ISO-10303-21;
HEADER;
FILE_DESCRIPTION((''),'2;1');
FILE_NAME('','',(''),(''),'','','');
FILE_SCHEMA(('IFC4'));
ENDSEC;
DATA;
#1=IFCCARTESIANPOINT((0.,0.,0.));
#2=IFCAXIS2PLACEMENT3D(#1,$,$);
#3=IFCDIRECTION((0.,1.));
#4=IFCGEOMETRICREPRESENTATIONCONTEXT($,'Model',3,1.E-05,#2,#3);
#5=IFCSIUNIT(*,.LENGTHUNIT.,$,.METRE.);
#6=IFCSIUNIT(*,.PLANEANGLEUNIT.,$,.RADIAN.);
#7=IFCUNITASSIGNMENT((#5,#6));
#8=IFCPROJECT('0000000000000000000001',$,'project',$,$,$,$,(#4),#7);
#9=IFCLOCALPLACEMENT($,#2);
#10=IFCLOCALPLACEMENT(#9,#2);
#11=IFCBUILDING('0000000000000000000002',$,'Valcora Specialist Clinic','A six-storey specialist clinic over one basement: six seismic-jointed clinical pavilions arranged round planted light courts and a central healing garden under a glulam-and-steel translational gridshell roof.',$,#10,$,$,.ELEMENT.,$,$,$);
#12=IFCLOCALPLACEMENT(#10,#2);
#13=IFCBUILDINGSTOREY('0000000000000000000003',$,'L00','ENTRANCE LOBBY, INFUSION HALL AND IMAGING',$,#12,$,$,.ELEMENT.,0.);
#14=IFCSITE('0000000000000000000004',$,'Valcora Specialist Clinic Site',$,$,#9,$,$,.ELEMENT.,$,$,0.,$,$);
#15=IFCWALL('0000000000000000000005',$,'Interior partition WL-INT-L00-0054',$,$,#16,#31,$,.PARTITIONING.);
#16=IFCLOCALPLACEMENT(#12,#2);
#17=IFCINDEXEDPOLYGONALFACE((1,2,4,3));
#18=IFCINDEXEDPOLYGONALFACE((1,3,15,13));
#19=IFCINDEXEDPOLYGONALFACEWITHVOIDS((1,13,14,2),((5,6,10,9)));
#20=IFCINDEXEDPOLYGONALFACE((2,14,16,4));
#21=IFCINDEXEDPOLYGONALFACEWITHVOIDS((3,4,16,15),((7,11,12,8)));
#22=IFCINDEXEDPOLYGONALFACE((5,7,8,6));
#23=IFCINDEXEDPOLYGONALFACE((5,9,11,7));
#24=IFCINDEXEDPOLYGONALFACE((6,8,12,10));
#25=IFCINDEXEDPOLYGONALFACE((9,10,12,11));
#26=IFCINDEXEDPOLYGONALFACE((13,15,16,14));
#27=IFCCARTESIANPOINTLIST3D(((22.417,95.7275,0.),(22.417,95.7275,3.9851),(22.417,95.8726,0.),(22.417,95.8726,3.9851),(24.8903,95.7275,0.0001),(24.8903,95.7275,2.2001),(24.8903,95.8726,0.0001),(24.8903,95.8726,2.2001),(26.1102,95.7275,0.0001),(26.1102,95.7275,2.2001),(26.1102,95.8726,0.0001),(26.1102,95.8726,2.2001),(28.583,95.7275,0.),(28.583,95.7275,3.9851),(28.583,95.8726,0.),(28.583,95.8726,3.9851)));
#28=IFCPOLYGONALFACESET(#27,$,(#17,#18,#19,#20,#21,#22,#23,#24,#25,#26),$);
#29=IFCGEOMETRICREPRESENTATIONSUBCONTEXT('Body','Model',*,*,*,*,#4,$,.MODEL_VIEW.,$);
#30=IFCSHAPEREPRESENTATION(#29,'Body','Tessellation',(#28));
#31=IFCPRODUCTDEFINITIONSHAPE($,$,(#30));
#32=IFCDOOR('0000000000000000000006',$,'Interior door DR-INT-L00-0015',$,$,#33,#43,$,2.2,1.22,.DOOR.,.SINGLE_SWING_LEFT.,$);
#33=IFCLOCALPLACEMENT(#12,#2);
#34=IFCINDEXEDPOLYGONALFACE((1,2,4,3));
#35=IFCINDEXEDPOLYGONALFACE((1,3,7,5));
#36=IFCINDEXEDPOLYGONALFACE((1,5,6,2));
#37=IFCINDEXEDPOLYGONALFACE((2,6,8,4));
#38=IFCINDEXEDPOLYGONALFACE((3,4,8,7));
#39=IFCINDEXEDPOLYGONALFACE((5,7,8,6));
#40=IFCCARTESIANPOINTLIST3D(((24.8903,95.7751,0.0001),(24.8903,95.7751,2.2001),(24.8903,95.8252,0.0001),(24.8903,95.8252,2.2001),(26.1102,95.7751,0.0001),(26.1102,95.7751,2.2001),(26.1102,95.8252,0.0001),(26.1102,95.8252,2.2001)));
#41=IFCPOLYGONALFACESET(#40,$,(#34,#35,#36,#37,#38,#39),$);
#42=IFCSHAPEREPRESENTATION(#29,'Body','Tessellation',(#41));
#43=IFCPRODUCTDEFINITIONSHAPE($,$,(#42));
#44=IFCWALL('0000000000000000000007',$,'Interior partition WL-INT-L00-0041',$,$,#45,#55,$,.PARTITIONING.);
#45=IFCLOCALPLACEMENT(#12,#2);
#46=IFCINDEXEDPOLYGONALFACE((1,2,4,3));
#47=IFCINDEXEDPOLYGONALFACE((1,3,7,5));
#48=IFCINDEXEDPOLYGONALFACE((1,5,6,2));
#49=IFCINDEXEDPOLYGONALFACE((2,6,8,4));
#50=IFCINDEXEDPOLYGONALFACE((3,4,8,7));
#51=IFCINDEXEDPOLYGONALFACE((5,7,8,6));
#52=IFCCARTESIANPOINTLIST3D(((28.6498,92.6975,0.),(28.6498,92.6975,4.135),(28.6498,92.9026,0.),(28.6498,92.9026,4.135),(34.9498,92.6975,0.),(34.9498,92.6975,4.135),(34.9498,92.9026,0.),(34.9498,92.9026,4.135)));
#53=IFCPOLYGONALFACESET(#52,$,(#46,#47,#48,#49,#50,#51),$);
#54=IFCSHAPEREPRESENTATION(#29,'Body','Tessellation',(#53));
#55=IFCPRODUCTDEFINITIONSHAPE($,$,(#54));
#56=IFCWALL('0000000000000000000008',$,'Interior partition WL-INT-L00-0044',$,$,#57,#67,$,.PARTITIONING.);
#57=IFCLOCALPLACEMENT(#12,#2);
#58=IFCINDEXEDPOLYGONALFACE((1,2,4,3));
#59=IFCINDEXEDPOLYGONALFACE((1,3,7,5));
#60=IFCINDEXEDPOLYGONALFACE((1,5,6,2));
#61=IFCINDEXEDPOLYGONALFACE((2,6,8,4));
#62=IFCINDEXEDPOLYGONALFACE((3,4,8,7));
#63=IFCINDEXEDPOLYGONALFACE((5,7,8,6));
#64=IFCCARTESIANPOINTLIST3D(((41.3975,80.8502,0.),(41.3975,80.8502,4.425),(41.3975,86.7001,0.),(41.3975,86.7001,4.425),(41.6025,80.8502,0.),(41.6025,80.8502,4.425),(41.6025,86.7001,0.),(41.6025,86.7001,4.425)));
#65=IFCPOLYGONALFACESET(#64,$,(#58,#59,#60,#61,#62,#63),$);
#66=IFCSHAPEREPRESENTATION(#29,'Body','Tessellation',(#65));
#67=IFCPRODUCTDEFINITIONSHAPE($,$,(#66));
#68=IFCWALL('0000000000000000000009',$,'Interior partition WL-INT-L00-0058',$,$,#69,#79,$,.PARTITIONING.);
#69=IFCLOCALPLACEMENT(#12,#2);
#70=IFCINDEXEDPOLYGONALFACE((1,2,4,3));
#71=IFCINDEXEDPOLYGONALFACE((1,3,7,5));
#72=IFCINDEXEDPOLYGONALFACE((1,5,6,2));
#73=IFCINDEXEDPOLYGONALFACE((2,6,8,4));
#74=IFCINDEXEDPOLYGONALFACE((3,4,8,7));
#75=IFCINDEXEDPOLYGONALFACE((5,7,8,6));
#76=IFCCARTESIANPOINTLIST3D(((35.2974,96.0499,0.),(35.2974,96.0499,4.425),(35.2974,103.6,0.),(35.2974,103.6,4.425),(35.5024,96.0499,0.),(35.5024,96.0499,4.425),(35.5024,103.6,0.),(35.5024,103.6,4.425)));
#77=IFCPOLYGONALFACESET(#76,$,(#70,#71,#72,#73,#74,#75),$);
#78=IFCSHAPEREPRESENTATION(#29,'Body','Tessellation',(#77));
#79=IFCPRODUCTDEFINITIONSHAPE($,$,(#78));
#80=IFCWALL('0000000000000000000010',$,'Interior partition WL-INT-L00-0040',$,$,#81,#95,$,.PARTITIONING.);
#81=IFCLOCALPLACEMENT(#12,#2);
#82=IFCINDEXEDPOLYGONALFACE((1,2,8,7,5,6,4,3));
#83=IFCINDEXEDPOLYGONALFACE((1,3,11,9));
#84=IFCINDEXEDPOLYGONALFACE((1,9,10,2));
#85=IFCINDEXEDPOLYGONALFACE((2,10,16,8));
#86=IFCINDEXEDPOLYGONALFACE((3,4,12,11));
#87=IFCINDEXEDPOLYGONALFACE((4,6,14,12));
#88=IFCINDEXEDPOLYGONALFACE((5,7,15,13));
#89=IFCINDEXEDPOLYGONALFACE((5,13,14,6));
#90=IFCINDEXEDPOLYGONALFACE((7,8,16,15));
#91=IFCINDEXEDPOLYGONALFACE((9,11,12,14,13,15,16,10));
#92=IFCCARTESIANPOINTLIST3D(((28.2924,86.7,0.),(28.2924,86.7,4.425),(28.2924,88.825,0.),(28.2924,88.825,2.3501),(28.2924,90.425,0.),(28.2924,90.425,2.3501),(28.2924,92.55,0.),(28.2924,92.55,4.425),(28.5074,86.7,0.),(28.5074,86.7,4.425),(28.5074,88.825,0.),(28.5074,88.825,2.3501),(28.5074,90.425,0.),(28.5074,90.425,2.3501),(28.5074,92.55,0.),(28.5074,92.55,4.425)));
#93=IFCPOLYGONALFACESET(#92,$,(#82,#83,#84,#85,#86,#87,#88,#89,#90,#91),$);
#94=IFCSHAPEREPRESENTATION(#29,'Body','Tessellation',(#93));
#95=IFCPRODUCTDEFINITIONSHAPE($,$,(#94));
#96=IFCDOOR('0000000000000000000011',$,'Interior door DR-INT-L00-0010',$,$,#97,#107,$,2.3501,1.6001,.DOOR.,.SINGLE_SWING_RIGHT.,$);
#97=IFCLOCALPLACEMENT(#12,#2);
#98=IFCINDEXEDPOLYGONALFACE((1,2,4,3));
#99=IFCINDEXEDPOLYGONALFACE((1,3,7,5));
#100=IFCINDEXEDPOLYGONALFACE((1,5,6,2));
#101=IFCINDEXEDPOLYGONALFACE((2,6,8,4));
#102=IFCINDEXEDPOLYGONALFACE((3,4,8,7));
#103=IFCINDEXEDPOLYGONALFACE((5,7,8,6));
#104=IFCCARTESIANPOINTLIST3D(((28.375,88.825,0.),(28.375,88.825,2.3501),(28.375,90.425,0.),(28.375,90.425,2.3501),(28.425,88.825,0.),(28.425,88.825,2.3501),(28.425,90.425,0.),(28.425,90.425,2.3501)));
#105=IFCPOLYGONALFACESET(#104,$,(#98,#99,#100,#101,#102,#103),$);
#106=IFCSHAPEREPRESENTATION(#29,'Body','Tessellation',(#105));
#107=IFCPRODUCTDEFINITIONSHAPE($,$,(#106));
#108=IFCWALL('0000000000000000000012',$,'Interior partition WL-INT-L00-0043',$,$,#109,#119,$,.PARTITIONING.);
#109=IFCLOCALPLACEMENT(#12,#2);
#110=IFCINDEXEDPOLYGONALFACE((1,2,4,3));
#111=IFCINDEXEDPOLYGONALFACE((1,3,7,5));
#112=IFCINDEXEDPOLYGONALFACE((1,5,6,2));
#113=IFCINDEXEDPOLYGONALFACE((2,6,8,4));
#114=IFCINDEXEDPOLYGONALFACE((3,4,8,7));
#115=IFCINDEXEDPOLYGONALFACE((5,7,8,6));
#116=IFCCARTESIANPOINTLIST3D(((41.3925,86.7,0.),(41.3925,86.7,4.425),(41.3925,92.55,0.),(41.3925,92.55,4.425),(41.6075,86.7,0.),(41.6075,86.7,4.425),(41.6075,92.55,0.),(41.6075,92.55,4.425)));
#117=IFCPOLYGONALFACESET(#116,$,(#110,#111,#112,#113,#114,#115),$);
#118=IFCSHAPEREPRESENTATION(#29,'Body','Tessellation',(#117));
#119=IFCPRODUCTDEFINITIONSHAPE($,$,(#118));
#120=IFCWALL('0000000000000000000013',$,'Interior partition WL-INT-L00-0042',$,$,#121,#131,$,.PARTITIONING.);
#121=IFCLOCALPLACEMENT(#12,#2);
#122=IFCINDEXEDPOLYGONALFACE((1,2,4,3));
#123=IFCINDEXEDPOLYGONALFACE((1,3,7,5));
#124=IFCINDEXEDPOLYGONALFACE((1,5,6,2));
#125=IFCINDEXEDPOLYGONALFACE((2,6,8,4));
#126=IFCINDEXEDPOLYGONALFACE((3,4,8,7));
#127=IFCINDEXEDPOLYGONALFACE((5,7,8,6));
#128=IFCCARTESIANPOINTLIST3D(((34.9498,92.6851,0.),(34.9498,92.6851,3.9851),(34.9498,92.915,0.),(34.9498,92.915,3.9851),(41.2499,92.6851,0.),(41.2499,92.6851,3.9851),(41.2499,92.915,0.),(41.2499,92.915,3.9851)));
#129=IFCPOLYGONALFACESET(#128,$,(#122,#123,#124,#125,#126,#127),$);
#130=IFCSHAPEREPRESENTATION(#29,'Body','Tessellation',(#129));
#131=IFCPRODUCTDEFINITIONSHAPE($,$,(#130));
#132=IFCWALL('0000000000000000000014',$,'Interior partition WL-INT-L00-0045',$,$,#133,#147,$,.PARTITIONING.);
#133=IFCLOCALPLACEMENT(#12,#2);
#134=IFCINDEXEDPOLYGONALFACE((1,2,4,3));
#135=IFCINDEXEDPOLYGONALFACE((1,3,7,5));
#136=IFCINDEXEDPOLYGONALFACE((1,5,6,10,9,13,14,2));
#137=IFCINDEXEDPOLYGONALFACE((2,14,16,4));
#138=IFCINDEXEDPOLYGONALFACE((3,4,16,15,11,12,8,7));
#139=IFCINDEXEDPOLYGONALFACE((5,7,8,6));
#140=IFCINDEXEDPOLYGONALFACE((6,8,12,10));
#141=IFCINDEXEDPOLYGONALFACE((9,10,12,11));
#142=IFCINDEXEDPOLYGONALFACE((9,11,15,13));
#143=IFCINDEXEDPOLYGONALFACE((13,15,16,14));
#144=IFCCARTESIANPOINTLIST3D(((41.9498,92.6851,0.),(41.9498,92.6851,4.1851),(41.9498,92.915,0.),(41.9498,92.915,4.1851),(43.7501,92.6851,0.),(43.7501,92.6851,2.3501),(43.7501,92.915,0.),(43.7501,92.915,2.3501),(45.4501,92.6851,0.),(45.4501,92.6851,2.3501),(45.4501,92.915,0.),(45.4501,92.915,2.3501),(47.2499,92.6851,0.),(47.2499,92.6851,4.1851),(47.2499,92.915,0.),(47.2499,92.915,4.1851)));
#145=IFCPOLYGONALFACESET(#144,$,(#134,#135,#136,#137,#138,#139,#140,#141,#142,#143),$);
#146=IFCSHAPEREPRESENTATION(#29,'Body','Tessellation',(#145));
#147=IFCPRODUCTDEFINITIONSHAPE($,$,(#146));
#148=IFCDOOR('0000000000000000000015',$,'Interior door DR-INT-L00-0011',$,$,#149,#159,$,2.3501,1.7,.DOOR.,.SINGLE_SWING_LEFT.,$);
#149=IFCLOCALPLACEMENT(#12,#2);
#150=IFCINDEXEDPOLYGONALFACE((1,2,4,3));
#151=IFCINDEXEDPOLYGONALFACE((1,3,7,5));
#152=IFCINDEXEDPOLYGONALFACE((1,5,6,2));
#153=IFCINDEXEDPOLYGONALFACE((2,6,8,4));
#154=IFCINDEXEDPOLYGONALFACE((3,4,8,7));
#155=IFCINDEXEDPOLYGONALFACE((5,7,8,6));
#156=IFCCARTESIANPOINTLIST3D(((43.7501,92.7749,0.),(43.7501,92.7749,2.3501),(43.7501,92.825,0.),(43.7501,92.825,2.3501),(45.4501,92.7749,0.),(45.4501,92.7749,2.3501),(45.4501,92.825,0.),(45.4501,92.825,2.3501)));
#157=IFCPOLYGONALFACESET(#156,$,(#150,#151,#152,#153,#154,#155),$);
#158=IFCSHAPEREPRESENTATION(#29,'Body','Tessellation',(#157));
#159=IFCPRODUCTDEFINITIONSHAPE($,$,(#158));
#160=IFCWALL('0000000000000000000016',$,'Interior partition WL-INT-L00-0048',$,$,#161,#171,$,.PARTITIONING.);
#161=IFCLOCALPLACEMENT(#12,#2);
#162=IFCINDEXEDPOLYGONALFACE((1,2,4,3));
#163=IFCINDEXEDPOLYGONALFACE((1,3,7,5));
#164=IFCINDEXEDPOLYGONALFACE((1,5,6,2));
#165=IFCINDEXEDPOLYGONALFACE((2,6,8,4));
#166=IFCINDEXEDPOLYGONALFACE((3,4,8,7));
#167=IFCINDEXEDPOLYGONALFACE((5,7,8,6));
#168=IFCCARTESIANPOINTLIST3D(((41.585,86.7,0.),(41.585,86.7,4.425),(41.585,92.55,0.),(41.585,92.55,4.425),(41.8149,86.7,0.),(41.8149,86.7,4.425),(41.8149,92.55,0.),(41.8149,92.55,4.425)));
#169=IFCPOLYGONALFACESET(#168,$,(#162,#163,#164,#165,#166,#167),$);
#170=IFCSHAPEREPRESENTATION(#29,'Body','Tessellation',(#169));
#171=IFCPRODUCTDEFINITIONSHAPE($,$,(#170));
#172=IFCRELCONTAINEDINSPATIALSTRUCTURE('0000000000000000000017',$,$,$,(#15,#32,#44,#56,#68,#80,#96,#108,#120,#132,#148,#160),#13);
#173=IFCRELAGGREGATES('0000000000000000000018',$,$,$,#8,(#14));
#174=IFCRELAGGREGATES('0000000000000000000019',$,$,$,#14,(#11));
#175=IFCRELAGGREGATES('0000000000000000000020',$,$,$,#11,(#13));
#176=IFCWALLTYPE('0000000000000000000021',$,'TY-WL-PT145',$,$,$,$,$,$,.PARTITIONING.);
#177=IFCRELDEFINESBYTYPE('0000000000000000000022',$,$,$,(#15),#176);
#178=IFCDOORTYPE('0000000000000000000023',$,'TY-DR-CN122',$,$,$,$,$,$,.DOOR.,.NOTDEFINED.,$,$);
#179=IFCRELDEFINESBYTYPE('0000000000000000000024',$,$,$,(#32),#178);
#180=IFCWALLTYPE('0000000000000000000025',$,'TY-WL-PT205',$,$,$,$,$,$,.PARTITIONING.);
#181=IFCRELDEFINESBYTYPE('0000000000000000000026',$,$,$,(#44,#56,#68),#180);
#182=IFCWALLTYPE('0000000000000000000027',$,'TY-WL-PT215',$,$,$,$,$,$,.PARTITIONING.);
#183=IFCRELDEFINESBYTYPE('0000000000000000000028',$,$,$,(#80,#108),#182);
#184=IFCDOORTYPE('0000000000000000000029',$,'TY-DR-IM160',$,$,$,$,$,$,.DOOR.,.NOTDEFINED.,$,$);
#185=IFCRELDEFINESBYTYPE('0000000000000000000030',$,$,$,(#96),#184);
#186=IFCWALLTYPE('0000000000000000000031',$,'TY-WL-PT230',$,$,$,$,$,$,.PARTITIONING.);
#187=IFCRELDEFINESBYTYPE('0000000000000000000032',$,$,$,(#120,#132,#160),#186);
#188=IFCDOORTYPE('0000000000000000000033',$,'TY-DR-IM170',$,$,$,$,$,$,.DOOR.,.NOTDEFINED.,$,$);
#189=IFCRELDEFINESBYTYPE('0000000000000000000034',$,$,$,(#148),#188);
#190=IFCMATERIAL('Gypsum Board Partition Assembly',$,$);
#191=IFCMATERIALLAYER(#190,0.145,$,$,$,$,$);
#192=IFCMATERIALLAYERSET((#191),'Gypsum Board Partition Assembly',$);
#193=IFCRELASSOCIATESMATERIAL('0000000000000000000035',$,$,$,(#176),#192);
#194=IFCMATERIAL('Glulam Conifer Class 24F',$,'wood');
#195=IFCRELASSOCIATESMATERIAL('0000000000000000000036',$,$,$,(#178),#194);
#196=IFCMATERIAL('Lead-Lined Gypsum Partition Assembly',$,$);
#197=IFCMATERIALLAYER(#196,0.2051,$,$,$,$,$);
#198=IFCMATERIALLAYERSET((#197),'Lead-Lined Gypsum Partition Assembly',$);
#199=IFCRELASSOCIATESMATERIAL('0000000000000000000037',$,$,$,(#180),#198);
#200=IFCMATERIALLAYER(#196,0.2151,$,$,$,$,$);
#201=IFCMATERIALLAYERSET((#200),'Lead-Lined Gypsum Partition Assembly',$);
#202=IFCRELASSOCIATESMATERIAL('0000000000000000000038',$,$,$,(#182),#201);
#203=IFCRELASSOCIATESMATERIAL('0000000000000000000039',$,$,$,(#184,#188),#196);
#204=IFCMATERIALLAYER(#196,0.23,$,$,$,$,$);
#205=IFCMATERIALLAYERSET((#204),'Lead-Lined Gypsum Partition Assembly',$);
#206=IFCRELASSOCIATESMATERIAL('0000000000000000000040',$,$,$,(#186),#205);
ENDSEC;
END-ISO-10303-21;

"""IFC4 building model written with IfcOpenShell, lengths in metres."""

from ifc_helpers import new_model, si_unit, direction, frame, frame_2d, origin, place, context, subcontext, project, spatial, rectangle, extrude, material, layer, layer_set, type_object, element, fill, save


model = new_model("IFC4")

# Units and contexts
model_context = context("Model", 3, precision=1e-05, world=origin(), true_north=direction((0.0, 1.0)))
body_context = subcontext(model_context, "Body", "Model", "MODEL_VIEW")
ifc_project = project(units=[si_unit("LENGTHUNIT", "METRE"), si_unit("PLANEANGLEUNIT", "RADIAN")], contexts=[model_context])

# Site, building, storey
site_placement = place(None, origin())
site = spatial("IfcSite", under=ifc_project, at=site_placement, Name="Valcora Specialist Clinic Site", CompositionType="ELEMENT", RefElevation=0.0)
building_placement = place(site_placement, origin())
building = spatial("IfcBuilding", under=site, at=building_placement, Name="Valcora Specialist Clinic", Description="A six-storey specialist clinic over one basement: six seismic-jointed clinical pavilions arranged round planted light courts and a central healing garden under a glulam-and-steel translational gridshell roof.", CompositionType="ELEMENT")
storey_placement = place(building_placement, origin())
storey = spatial("IfcBuildingStorey", under=building, at=storey_placement, Name="L00", Description="ENTRANCE LOBBY, INFUSION HALL AND IMAGING", CompositionType="ELEMENT", Elevation=0.0)

# Wall, opening, door
ifc_material_1 = material(Name="Gypsum Board Partition Assembly")
ifc_material_2 = material(Name="Glulam Conifer Class 24F", Category="wood")
ifc_layer_1 = layer(ifc_material_1, 0.145)
ifc_layer_set_1 = layer_set([ifc_layer_1], Name="Gypsum Board Partition Assembly")
wall_type_1 = type_object("IfcWallType", Name="TY-WL-PT145", PredefinedType="PARTITIONING", material=ifc_layer_set_1)
wall_1_placement = place(storey_placement, frame((28.583, 95.8, 0.0), z_axis=(0.0, 0.0, 1.0), x_axis=(-1.0, 0.0, 0.0)))
wall_1 = element("IfcWall", 1, at=wall_1_placement, inside=storey, type_object=wall_type_1, Name="Interior partition WL-INT-L00-0054", PredefinedType="PARTITIONING", context=body_context, shape_type="SweptSolid", body=[
    extrude(rectangle(XDim=6.166, YDim=0.145, at=frame_2d((3.083, 0.0))), origin(), (0.0, 0.0, 1.0), 3.9851),
])
opening_1_placement = place(wall_1_placement, frame((2.4729, 0.0, 0.0)))
opening_1 = element("IfcOpeningElement", 2, at=opening_1_placement, cuts=wall_1, PredefinedType="OPENING", context=body_context, shape_type="SweptSolid", body=[
    extrude(rectangle(XDim=1.22, YDim=2.2, at=frame_2d((0.6099, 1.1001))), frame((0.0, 0.0825, 0.0), z_axis=(0.0, -1.0, 0.0), x_axis=(1.0, 0.0, 0.0)), (0.0, 0.0, 1.0), 0.165),
])
door_type_1 = type_object("IfcDoorType", Name="TY-DR-CN122", OperationType="NOTDEFINED", PredefinedType="DOOR", material=ifc_material_2)
door_1_placement = place(opening_1_placement, origin())
door_1 = element("IfcDoor", 3, at=door_1_placement, inside=storey, type_object=door_type_1, Name="Interior door DR-INT-L00-0015", OperationType="SINGLE_SWING_LEFT", OverallHeight=2.2, OverallWidth=1.22, PredefinedType="DOOR", context=body_context, shape_type="SweptSolid", body=[
    extrude(rectangle(XDim=1.22, YDim=2.2, at=frame_2d((0.6099, 1.1001))), frame((0.0, 0.0249, 0.0), z_axis=(0.0, -1.0, 0.0), x_axis=(1.0, 0.0, 0.0)), (0.0, 0.0, 1.0), 0.05),
])
fill(opening_1, door_1)

# Walls
ifc_material_3 = material(Name="Lead-Lined Gypsum Partition Assembly")
ifc_layer_2 = layer(ifc_material_3, 0.2051)
ifc_layer_set_2 = layer_set([ifc_layer_2], Name="Lead-Lined Gypsum Partition Assembly")
wall_type_2 = type_object("IfcWallType", Name="TY-WL-PT205", PredefinedType="PARTITIONING", material=ifc_layer_set_2)
wall_2_placement = place(storey_placement, frame((28.6499, 92.8, 0.0), z_axis=(0.0, 0.0, 1.0), x_axis=(1.0, 0.0, 0.0)))
element("IfcWall", 4, at=wall_2_placement, inside=storey, type_object=wall_type_2, Name="Interior partition WL-INT-L00-0041", PredefinedType="PARTITIONING", context=body_context, shape_type="SweptSolid", body=[
    extrude(rectangle(XDim=6.3, YDim=0.2051, at=frame_2d((3.1499, 0.0))), origin(), (0.0, 0.0, 1.0), 4.135),
])
wall_3_placement = place(storey_placement, frame((41.5, 86.7, 0.0), z_axis=(0.0, 0.0, 1.0), x_axis=(0.0, -1.0, 0.0)))
element("IfcWall", 5, at=wall_3_placement, inside=storey, type_object=wall_type_2, Name="Interior partition WL-INT-L00-0044", PredefinedType="PARTITIONING", context=body_context, shape_type="SweptSolid", body=[
    extrude(rectangle(XDim=5.8499, YDim=0.2051, at=frame_2d((2.9248, 0.0))), origin(), (0.0, 0.0, 1.0), 4.425),
])
wall_4_placement = place(storey_placement, frame((35.3999, 96.05, 0.0), z_axis=(0.0, 0.0, 1.0), x_axis=(0.0, 1.0, 0.0)))
element("IfcWall", 6, at=wall_4_placement, inside=storey, type_object=wall_type_2, Name="Interior partition WL-INT-L00-0058", PredefinedType="PARTITIONING", context=body_context, shape_type="SweptSolid", body=[
    extrude(rectangle(XDim=7.55, YDim=0.2051, at=frame_2d((3.7749, 0.0))), origin(), (0.0, 0.0, 1.0), 4.425),
])

# Wall, opening, door
ifc_layer_3 = layer(ifc_material_3, 0.2151)
ifc_layer_set_3 = layer_set([ifc_layer_3], Name="Lead-Lined Gypsum Partition Assembly")
wall_type_3 = type_object("IfcWallType", Name="TY-WL-PT215", PredefinedType="PARTITIONING", material=ifc_layer_set_3)
wall_5_placement = place(storey_placement, frame((28.3999, 86.7, 0.0), z_axis=(0.0, 0.0, 1.0), x_axis=(0.0, 1.0, 0.0)))
wall_5 = element("IfcWall", 7, at=wall_5_placement, inside=storey, type_object=wall_type_3, Name="Interior partition WL-INT-L00-0040", PredefinedType="PARTITIONING", context=body_context, shape_type="SweptSolid", body=[
    extrude(rectangle(XDim=5.8501, YDim=0.2151, at=frame_2d((2.925, 0.0))), origin(), (0.0, 0.0, 1.0), 4.425),
])
opening_2_placement = place(wall_5_placement, frame((2.125, 0.0, 0.0)))
opening_2 = element("IfcOpeningElement", 8, at=opening_2_placement, cuts=wall_5, PredefinedType="OPENING", context=body_context, shape_type="SweptSolid", body=[
    extrude(rectangle(XDim=1.6001, YDim=2.3501, at=frame_2d((0.8, 1.175))), frame((0.0, 0.1174, 0.0), z_axis=(0.0, -1.0, 0.0), x_axis=(1.0, 0.0, 0.0)), (0.0, 0.0, 1.0), 0.2351),
])
door_type_2 = type_object("IfcDoorType", Name="TY-DR-IM160", OperationType="NOTDEFINED", PredefinedType="DOOR", material=ifc_material_3)
door_2_placement = place(opening_2_placement, origin())
door_2 = element("IfcDoor", 9, at=door_2_placement, inside=storey, type_object=door_type_2, Name="Interior door DR-INT-L00-0010", OperationType="SINGLE_SWING_RIGHT", OverallHeight=2.3501, OverallWidth=1.6001, PredefinedType="DOOR", context=body_context, shape_type="SweptSolid", body=[
    extrude(rectangle(XDim=1.6001, YDim=2.3501, at=frame_2d((0.8, 1.175))), frame((0.0, 0.0249, 0.0), z_axis=(0.0, -1.0, 0.0), x_axis=(1.0, 0.0, 0.0)), (0.0, 0.0, 1.0), 0.05),
])
fill(opening_2, door_2)

# Walls
wall_6_placement = place(storey_placement, frame((41.5, 92.55, 0.0), z_axis=(0.0, 0.0, 1.0), x_axis=(0.0, -1.0, 0.0)))
element("IfcWall", 10, at=wall_6_placement, inside=storey, type_object=wall_type_3, Name="Interior partition WL-INT-L00-0043", PredefinedType="PARTITIONING", context=body_context, shape_type="SweptSolid", body=[
    extrude(rectangle(XDim=5.8501, YDim=0.2151, at=frame_2d((2.925, 0.0))), origin(), (0.0, 0.0, 1.0), 4.425),
])
ifc_layer_4 = layer(ifc_material_3, 0.23)
ifc_layer_set_4 = layer_set([ifc_layer_4], Name="Lead-Lined Gypsum Partition Assembly")
wall_type_4 = type_object("IfcWallType", Name="TY-WL-PT230", PredefinedType="PARTITIONING", material=ifc_layer_set_4)
wall_7_placement = place(storey_placement, frame((34.95, 92.8, 0.0), z_axis=(0.0, 0.0, 1.0), x_axis=(1.0, 0.0, 0.0)))
element("IfcWall", 11, at=wall_7_placement, inside=storey, type_object=wall_type_4, Name="Interior partition WL-INT-L00-0042", PredefinedType="PARTITIONING", context=body_context, shape_type="SweptSolid", body=[
    extrude(rectangle(XDim=6.3, YDim=0.23, at=frame_2d((3.1499, 0.0))), origin(), (0.0, 0.0, 1.0), 3.9851),
])

# Wall, opening, door
wall_8_placement = place(storey_placement, frame((41.95, 92.8, 0.0), z_axis=(0.0, 0.0, 1.0), x_axis=(1.0, 0.0, 0.0)))
wall_8 = element("IfcWall", 12, at=wall_8_placement, inside=storey, type_object=wall_type_4, Name="Interior partition WL-INT-L00-0045", PredefinedType="PARTITIONING", context=body_context, shape_type="SweptSolid", body=[
    extrude(rectangle(XDim=5.3, YDim=0.23, at=frame_2d((2.6499, 0.0))), origin(), (0.0, 0.0, 1.0), 4.1851),
])
opening_3_placement = place(wall_8_placement, frame((1.8, 0.0, 0.0)))
opening_3 = element("IfcOpeningElement", 13, at=opening_3_placement, cuts=wall_8, PredefinedType="OPENING", context=body_context, shape_type="SweptSolid", body=[
    extrude(rectangle(XDim=1.7, YDim=2.3501, at=frame_2d((0.8501, 1.175))), frame((0.0, 0.125, 0.0), z_axis=(0.0, -1.0, 0.0), x_axis=(1.0, 0.0, 0.0)), (0.0, 0.0, 1.0), 0.25),
])
door_type_3 = type_object("IfcDoorType", Name="TY-DR-IM170", OperationType="NOTDEFINED", PredefinedType="DOOR", material=ifc_material_3)
door_3_placement = place(opening_3_placement, origin())
door_3 = element("IfcDoor", 14, at=door_3_placement, inside=storey, type_object=door_type_3, Name="Interior door DR-INT-L00-0011", OperationType="SINGLE_SWING_LEFT", OverallHeight=2.3501, OverallWidth=1.7, PredefinedType="DOOR", context=body_context, shape_type="SweptSolid", body=[
    extrude(rectangle(XDim=1.7, YDim=2.3501, at=frame_2d((0.8501, 1.175))), frame((0.0, 0.0249, 0.0), z_axis=(0.0, -1.0, 0.0), x_axis=(1.0, 0.0, 0.0)), (0.0, 0.0, 1.0), 0.05),
])
fill(opening_3, door_3)

# Wall
wall_9_placement = place(storey_placement, frame((41.7, 86.7, 0.0), z_axis=(0.0, 0.0, 1.0), x_axis=(0.0, 1.0, 0.0)))
element("IfcWall", 15, at=wall_9_placement, inside=storey, type_object=wall_type_4, Name="Interior partition WL-INT-L00-0048", PredefinedType="PARTITIONING", context=body_context, shape_type="SweptSolid", body=[
    extrude(rectangle(XDim=5.8501, YDim=0.23, at=frame_2d((2.925, 0.0))), origin(), (0.0, 0.0, 1.0), 4.425),
])

save(model, "model.ifc")
